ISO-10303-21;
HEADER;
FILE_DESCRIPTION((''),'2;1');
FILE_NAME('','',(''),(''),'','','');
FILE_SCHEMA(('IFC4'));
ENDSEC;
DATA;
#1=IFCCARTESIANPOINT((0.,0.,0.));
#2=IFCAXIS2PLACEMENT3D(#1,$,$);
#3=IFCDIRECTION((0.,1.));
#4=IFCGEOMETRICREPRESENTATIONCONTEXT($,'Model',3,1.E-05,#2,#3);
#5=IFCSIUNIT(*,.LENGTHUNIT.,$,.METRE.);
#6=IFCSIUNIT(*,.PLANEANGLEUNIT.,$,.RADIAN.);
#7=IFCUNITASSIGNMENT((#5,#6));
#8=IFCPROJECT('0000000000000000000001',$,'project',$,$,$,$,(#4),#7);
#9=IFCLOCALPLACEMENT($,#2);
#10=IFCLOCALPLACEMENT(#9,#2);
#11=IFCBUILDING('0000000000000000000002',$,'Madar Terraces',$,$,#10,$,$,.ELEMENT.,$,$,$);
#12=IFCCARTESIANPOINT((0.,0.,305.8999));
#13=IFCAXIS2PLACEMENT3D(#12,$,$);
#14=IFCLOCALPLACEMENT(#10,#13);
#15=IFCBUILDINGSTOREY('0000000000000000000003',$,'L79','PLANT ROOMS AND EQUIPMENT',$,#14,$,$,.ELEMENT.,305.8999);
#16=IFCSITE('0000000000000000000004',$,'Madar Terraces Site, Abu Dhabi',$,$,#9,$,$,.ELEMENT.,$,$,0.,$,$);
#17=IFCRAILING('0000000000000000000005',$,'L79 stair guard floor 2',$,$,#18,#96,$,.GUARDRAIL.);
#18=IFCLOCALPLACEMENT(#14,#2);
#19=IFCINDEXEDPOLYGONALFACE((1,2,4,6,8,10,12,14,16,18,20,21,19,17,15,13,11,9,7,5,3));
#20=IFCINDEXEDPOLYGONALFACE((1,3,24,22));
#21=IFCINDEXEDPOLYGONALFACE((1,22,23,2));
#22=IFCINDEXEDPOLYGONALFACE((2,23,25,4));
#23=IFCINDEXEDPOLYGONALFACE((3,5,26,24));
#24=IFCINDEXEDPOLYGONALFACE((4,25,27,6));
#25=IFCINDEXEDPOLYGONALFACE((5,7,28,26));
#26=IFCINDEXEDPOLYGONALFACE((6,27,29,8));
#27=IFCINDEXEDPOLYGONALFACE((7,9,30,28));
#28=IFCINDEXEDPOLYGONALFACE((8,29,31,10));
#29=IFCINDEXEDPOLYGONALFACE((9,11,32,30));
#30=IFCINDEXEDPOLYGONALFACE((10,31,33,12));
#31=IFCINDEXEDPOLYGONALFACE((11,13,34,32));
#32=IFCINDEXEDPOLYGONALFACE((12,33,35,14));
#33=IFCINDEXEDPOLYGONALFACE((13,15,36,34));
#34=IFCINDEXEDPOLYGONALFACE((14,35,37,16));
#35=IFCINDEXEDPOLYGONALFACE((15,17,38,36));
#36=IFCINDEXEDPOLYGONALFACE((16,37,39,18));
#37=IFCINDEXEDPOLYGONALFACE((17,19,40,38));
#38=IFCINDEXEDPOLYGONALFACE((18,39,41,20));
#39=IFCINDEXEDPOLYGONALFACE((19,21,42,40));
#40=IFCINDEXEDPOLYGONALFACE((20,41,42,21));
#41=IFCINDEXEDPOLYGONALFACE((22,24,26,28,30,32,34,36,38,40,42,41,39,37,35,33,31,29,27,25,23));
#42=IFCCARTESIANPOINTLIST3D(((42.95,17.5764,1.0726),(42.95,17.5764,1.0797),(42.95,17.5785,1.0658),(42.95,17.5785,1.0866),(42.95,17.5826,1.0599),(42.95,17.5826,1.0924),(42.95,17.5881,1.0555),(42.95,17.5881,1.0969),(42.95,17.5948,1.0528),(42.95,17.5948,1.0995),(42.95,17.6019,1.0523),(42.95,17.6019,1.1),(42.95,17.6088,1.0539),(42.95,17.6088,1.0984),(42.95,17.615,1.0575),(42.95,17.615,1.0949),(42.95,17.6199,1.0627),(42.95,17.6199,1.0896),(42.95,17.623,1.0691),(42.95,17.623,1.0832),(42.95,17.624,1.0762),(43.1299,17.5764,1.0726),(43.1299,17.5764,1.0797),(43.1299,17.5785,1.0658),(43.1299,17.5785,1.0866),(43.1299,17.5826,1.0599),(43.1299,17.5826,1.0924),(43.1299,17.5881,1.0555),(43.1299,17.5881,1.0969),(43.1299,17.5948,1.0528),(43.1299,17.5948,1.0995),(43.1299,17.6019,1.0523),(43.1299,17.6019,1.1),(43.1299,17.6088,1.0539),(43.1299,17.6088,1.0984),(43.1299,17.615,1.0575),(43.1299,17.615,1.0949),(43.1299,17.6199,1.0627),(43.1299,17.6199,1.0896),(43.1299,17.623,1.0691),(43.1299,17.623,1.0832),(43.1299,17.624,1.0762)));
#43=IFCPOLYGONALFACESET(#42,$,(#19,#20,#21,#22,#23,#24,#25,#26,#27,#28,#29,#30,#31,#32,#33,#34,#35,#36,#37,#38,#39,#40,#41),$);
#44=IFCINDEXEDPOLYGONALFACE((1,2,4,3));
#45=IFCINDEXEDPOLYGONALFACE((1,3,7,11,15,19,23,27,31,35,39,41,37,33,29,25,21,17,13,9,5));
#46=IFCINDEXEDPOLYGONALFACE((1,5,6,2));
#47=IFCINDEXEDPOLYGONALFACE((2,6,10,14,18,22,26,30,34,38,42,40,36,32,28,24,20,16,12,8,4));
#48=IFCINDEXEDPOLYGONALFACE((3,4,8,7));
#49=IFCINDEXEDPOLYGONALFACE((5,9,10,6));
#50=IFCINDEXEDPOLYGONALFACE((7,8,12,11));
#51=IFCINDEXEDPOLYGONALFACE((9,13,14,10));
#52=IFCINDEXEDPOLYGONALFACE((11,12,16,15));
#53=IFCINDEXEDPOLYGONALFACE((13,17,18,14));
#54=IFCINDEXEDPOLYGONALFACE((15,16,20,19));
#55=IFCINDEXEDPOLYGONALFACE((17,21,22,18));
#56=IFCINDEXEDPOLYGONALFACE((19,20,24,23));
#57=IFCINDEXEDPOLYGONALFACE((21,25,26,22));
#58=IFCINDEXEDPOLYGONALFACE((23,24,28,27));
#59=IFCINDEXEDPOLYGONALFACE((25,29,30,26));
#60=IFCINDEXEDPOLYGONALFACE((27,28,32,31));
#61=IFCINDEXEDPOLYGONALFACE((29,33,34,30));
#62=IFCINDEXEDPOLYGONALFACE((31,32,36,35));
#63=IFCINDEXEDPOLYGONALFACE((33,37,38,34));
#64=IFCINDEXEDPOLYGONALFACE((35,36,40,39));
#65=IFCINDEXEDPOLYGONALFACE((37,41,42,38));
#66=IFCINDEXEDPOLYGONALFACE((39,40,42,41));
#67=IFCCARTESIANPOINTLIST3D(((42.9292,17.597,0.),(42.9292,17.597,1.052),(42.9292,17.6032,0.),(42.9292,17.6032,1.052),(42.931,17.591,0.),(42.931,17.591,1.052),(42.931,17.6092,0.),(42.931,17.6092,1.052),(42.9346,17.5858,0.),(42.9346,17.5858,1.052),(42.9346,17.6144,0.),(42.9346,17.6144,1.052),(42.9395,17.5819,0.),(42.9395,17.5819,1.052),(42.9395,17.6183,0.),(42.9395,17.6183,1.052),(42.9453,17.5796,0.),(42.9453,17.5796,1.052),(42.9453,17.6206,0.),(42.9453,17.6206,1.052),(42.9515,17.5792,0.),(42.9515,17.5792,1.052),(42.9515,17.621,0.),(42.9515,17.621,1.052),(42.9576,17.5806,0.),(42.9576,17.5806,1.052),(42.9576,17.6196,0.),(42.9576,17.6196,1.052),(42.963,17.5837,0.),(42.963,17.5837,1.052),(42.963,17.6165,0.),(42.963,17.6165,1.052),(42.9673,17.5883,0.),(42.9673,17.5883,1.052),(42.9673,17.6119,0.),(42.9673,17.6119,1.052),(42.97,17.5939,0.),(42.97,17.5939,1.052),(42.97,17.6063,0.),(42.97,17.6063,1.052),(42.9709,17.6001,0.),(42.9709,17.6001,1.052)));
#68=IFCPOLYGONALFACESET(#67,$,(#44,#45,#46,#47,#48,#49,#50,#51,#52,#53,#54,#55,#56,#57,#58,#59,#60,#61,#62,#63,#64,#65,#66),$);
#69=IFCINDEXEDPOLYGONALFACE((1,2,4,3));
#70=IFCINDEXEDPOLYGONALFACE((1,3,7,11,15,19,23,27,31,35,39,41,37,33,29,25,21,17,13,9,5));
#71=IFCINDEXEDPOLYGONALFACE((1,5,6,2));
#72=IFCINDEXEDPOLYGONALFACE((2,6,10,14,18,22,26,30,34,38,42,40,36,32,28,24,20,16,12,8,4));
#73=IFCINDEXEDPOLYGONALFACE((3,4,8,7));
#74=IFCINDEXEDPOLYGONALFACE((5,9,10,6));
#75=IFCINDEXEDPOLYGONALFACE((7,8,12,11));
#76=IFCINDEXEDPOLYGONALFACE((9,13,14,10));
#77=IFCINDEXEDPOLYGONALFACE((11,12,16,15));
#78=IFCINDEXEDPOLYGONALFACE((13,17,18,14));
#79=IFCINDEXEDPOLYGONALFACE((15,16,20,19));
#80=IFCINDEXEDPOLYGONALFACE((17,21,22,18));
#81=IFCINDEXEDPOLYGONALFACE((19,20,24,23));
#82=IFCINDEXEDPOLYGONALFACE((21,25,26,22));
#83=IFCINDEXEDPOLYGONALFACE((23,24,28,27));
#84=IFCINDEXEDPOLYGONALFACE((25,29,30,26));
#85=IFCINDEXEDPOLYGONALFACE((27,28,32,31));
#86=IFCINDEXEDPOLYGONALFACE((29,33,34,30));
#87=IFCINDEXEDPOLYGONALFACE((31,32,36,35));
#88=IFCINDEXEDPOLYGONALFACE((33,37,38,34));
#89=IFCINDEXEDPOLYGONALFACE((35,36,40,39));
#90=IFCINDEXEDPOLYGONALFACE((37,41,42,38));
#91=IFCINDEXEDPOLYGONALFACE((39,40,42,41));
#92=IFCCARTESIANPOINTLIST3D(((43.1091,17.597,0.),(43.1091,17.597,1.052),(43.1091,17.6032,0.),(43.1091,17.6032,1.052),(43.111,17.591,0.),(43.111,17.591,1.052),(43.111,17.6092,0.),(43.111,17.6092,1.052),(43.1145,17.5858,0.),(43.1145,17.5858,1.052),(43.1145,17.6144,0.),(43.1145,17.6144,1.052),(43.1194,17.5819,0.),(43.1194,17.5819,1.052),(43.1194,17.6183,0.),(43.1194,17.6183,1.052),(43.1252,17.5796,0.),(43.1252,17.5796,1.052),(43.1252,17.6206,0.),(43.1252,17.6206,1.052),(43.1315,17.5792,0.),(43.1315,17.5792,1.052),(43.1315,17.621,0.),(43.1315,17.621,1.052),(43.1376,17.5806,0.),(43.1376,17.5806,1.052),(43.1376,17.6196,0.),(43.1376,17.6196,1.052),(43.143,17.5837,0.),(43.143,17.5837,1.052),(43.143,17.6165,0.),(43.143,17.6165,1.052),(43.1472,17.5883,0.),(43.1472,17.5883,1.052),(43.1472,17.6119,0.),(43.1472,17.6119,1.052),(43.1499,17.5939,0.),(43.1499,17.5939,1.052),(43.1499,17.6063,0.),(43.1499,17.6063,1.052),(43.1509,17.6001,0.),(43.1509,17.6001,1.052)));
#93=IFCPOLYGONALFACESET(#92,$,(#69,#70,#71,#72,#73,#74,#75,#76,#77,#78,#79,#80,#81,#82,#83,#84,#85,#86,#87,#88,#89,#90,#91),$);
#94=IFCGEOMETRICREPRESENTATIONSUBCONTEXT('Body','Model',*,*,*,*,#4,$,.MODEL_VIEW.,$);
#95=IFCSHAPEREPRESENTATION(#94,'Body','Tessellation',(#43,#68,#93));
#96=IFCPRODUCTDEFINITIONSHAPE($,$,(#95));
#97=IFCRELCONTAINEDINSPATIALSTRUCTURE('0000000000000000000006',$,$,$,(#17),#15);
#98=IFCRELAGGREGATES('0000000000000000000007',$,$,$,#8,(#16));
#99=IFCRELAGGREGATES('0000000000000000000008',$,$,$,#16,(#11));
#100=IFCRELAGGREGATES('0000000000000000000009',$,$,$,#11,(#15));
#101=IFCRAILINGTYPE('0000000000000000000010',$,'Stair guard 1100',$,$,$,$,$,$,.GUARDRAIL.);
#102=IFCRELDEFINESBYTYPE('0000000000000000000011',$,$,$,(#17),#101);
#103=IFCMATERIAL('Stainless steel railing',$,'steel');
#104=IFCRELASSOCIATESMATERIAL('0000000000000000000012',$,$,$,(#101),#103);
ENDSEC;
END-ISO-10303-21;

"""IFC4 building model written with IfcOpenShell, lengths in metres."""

from ifc_helpers import new_model, si_unit, direction, frame, origin, origin_2d, place, context, subcontext, project, spatial, circle, extrude, material, type_object, element, save


model = new_model("IFC4")

# Units and contexts
model_context = context("Model", 3, precision=1e-05, world=origin(), true_north=direction((0.0, 1.0)))
body_context = subcontext(model_context, "Body", "Model", "MODEL_VIEW")
ifc_project = project(units=[si_unit("LENGTHUNIT", "METRE"), si_unit("PLANEANGLEUNIT", "RADIAN")], contexts=[model_context])

# Site, building, storey
site_placement = place(None, origin())
site = spatial("IfcSite", under=ifc_project, at=site_placement, Name="Madar Terraces Site, Abu Dhabi", CompositionType="ELEMENT", RefElevation=0.0)
building_placement = place(site_placement, origin())
building = spatial("IfcBuilding", under=site, at=building_placement, Name="Madar Terraces", CompositionType="ELEMENT")
storey_placement = place(building_placement, frame((0.0, 0.0, 305.8999)))
storey = spatial("IfcBuildingStorey", under=building, at=storey_placement, Name="L79", Description="PLANT ROOMS AND EQUIPMENT", CompositionType="ELEMENT", Elevation=305.8999)

# Railing
ifc_material_1 = material(Name="Stainless steel railing", Category="steel")
railing_type_1 = type_object("IfcRailingType", Name="Stair guard 1100", PredefinedType="GUARDRAIL", material=ifc_material_1)
for number, where, name in (
    (1, (42.95, 17.6001, 0.0), "L79 stair guard floor 2"),
):
    element("IfcRailing", number, at=place(storey_placement, frame(where)), inside=storey, type_object=railing_type_1, Name=name, PredefinedType="GUARDRAIL", context=body_context, shape_type="SweptSolid", body=[
        extrude(circle(Radius=0.0239, at=origin_2d()), frame((0.0, 0.0, 1.0762), z_axis=(1.0, 0.0, 0.0), x_axis=(0.0, 1.0, 0.0)), (0.0, 0.0, 1.0), 0.1799),
        extrude(circle(Radius=0.021, at=origin_2d()), origin(), (0.0, 0.0, 1.0), 1.052),
        extrude(circle(Radius=0.021, at=origin_2d()), frame((0.1799, 0.0, 0.0)), (0.0, 0.0, 1.0), 1.052),
    ])

save(model, "model.ifc")
